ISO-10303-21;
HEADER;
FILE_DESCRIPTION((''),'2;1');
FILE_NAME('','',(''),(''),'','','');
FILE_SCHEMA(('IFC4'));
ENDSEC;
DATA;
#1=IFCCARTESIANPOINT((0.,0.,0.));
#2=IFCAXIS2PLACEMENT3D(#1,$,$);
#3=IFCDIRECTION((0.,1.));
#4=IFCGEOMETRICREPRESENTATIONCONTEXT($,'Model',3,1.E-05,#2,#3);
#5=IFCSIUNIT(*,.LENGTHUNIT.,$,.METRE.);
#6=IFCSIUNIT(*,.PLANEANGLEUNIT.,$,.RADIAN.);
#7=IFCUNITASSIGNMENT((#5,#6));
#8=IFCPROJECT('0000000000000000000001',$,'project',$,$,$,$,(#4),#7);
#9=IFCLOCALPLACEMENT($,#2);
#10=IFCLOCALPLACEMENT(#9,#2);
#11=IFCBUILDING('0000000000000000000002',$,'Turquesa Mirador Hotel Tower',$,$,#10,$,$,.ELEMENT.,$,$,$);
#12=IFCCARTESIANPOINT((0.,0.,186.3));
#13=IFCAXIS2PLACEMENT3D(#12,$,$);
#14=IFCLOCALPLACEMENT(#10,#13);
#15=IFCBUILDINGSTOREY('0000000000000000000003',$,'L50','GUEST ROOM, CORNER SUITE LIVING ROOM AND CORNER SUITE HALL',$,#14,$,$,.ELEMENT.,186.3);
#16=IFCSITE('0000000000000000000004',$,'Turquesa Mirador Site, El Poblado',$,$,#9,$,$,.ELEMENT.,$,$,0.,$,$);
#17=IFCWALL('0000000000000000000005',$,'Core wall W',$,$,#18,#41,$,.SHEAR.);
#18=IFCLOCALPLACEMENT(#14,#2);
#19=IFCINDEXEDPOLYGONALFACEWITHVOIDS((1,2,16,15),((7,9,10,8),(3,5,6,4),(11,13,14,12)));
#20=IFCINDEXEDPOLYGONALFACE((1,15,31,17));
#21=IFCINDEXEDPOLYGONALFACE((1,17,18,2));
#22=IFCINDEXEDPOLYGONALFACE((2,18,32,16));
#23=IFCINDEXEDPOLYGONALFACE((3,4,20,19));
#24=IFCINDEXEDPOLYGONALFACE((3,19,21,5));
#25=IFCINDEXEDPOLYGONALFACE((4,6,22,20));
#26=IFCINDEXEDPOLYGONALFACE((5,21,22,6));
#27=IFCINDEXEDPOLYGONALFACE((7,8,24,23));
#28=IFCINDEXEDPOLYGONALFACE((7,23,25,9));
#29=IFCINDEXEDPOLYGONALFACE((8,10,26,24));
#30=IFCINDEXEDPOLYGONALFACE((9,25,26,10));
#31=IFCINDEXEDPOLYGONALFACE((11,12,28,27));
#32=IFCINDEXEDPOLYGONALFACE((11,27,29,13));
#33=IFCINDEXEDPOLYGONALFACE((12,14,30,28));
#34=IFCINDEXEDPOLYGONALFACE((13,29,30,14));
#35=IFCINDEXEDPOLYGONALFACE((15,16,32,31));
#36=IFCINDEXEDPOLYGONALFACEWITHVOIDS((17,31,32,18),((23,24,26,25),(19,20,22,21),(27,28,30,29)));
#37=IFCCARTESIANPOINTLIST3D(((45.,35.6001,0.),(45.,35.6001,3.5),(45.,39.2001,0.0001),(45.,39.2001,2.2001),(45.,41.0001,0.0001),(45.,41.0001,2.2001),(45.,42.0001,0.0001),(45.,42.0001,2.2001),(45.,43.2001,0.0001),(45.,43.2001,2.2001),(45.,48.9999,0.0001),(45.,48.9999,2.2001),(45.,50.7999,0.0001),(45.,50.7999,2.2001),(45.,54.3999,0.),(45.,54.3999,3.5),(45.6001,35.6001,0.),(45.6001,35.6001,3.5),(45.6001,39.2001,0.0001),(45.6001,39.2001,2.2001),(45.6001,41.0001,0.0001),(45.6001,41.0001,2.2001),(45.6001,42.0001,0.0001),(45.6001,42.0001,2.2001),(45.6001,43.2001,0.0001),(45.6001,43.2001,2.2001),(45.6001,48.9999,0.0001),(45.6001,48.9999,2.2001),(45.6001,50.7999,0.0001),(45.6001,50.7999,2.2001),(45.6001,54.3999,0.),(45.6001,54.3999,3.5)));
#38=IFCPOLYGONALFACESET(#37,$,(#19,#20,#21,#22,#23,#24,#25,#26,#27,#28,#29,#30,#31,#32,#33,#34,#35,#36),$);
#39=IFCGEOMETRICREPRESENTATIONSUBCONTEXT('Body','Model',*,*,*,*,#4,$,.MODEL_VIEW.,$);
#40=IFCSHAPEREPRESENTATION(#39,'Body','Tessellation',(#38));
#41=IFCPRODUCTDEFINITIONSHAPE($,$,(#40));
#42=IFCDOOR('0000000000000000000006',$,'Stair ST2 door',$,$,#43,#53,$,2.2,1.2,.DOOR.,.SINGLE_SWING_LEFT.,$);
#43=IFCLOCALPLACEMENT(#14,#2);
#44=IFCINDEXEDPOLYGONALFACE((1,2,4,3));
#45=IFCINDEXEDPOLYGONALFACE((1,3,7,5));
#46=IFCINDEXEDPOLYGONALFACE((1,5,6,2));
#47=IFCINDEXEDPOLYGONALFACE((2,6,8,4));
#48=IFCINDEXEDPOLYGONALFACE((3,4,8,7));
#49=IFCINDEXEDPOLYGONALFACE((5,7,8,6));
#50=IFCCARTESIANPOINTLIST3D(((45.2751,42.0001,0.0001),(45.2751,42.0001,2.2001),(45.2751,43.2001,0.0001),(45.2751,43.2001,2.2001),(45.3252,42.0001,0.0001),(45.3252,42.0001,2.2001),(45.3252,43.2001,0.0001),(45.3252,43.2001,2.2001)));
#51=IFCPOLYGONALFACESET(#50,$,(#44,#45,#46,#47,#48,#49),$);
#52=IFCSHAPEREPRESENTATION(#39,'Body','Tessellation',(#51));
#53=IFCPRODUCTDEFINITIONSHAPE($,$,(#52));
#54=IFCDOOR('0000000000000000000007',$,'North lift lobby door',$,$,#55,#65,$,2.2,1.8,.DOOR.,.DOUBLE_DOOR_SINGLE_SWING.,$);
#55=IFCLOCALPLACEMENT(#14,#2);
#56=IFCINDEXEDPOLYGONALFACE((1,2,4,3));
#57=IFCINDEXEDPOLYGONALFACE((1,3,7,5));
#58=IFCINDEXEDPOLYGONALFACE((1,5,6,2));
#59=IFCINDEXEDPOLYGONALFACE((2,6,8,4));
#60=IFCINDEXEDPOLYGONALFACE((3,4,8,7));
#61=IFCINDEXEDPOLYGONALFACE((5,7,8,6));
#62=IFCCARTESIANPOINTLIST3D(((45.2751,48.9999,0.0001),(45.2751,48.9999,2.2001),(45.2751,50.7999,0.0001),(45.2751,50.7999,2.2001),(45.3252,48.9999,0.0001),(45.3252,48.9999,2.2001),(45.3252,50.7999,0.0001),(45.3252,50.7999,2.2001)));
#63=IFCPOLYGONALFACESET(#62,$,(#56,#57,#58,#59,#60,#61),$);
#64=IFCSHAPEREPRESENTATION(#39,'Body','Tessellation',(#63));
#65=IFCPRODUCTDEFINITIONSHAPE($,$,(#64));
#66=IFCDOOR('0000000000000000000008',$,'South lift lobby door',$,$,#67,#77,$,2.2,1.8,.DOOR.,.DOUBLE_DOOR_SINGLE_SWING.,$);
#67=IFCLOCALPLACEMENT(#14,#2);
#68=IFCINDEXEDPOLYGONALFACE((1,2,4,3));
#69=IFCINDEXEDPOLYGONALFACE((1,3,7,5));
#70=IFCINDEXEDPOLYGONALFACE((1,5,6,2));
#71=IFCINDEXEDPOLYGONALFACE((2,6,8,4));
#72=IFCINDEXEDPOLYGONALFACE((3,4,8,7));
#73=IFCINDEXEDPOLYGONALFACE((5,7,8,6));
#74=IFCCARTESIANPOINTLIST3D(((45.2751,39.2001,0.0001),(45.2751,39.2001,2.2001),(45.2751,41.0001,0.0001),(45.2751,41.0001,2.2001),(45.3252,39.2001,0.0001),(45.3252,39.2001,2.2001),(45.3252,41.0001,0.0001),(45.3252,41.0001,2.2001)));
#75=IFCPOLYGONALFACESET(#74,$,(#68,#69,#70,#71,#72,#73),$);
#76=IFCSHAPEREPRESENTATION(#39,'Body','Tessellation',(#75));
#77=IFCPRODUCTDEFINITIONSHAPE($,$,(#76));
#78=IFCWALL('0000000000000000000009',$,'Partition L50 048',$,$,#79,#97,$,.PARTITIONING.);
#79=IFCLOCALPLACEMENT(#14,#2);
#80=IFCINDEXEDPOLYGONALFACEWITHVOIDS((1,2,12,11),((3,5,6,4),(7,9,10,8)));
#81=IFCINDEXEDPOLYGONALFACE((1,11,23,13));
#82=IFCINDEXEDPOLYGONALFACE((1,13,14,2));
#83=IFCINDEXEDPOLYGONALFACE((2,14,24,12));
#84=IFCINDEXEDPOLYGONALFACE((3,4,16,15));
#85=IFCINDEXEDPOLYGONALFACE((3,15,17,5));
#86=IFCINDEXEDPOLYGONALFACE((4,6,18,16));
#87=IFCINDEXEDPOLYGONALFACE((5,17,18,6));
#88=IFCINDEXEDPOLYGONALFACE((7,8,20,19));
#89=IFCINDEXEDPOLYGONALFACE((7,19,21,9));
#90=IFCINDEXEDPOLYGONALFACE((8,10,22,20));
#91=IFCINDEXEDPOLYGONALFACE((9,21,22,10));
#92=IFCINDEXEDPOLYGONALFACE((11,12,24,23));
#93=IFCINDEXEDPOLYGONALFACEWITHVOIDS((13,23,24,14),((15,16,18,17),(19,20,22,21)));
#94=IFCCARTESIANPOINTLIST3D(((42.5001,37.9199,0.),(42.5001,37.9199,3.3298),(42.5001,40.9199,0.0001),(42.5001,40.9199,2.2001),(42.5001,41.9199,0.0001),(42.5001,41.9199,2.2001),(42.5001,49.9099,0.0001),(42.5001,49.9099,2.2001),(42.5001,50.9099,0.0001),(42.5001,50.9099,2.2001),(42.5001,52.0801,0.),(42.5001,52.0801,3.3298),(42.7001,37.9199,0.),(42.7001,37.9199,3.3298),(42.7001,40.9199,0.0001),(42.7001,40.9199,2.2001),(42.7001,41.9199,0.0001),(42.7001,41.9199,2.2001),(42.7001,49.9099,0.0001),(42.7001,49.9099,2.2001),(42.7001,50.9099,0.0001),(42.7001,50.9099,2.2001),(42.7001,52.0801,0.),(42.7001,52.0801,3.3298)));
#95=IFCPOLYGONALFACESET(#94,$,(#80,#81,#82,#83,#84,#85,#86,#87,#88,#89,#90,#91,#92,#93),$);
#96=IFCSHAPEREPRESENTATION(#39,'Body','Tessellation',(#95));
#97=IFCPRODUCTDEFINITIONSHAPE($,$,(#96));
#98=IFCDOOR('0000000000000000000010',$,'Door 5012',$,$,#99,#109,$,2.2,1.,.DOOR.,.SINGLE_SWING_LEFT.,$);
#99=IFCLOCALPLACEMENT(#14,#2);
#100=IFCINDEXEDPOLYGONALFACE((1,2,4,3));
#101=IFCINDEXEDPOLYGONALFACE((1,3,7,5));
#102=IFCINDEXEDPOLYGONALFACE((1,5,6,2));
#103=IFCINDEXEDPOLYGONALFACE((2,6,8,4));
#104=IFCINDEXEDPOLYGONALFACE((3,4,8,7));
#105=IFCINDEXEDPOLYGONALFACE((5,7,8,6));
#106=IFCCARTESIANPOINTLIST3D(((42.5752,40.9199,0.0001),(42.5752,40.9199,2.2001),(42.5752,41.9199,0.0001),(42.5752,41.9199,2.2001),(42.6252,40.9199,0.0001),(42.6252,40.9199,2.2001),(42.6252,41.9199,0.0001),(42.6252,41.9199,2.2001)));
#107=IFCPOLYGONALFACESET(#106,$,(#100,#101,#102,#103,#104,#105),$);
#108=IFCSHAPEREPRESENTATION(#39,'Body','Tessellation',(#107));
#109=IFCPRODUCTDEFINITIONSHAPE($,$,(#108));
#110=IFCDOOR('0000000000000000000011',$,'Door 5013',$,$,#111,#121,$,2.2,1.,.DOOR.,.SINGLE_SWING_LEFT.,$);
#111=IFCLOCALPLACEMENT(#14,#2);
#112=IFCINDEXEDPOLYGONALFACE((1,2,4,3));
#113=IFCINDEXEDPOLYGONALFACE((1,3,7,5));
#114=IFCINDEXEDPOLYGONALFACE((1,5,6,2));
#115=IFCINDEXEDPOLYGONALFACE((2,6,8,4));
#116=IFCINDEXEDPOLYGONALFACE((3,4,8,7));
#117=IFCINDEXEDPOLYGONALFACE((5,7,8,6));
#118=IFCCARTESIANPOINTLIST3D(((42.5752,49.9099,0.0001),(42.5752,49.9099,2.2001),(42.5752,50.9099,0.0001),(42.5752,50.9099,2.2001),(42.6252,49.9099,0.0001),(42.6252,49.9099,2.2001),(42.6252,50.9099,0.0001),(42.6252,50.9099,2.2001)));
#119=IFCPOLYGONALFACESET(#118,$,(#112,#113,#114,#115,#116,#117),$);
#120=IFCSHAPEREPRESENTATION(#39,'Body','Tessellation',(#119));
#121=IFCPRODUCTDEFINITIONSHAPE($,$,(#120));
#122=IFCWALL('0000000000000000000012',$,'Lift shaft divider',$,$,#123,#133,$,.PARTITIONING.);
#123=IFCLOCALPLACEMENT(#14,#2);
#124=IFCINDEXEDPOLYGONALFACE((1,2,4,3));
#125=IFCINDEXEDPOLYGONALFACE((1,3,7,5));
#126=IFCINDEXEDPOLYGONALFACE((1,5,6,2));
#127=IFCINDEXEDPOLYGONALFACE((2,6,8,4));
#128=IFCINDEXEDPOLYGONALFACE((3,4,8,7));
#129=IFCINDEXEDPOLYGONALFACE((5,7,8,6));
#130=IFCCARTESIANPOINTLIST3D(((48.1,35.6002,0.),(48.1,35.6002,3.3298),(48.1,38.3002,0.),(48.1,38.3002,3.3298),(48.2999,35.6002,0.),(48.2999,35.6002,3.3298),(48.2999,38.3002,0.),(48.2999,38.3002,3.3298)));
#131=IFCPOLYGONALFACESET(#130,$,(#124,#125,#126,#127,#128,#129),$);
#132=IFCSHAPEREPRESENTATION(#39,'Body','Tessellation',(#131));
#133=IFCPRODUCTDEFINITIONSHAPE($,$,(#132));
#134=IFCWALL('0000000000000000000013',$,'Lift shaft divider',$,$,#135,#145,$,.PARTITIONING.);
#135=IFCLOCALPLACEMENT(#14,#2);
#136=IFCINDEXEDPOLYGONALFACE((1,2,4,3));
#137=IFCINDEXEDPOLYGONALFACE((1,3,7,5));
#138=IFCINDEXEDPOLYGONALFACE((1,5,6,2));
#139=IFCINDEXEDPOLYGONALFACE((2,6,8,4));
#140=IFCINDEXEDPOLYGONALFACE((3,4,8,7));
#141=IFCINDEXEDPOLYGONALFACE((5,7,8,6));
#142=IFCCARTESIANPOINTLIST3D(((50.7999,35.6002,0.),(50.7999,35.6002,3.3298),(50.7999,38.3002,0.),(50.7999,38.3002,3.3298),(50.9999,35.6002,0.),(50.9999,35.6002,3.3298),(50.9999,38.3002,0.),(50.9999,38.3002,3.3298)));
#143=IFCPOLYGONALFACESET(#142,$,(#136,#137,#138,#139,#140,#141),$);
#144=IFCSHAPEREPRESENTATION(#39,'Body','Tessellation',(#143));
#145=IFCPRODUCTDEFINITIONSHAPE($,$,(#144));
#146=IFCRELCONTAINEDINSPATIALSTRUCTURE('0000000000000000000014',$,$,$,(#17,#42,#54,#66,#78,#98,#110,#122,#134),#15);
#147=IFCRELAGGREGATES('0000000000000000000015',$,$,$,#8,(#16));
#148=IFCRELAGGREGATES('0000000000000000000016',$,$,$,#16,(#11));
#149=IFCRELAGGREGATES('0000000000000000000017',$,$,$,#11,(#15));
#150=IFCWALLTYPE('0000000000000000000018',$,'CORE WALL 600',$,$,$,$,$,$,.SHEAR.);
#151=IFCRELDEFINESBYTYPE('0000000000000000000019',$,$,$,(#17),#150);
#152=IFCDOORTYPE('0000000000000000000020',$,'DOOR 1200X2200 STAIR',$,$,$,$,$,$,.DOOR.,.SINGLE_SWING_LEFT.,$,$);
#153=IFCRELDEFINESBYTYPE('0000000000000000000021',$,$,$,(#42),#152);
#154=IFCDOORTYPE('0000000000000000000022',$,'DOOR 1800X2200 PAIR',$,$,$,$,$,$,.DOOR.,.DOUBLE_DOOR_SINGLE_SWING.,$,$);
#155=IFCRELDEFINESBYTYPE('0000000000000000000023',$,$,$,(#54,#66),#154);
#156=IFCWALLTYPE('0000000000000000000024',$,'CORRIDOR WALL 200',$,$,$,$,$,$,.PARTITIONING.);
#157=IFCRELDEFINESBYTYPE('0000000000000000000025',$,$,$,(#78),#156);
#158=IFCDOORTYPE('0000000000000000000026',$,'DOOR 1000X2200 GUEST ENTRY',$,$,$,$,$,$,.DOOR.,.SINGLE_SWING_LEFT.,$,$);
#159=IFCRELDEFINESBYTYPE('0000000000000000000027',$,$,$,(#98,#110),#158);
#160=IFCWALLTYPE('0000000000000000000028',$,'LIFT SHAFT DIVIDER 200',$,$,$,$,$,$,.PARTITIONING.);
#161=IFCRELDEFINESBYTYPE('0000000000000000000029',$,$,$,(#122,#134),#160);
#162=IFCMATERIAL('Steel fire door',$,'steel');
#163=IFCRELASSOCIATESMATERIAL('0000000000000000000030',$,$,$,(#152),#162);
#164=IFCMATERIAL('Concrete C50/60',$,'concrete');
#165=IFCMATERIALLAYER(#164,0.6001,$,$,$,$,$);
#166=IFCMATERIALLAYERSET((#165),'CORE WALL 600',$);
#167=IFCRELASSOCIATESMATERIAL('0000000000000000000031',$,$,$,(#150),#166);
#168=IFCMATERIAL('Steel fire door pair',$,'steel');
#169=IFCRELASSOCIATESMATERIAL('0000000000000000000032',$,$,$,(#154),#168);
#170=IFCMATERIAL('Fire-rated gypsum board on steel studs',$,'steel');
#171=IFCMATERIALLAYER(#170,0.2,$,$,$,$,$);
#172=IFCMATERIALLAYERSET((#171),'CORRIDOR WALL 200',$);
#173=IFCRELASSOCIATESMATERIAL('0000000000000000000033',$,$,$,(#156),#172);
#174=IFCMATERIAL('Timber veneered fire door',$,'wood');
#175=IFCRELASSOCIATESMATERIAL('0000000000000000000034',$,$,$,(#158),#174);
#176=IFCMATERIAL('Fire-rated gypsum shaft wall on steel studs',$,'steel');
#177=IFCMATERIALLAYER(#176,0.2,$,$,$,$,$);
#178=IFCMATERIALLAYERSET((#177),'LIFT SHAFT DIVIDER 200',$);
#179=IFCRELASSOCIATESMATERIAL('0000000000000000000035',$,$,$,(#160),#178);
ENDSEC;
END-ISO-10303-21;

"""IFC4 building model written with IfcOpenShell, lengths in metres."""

from ifc_helpers import new_model, si_unit, direction, frame, frame_2d, origin, place, context, subcontext, project, spatial, rectangle, extrude, material, layer, layer_set, type_object, element, fill, save


model = new_model("IFC4")

# Units and contexts
model_context = context("Model", 3, precision=1e-05, world=origin(), true_north=direction((0.0, 1.0)))
body_context = subcontext(model_context, "Body", "Model", "MODEL_VIEW")
ifc_project = project(units=[si_unit("LENGTHUNIT", "METRE"), si_unit("PLANEANGLEUNIT", "RADIAN")], contexts=[model_context])

# Site, building, storey
site_placement = place(None, origin())
site = spatial("IfcSite", under=ifc_project, at=site_placement, Name="Turquesa Mirador Site, El Poblado", CompositionType="ELEMENT", RefElevation=0.0)
building_placement = place(site_placement, origin())
building = spatial("IfcBuilding", under=site, at=building_placement, Name="Turquesa Mirador Hotel Tower", CompositionType="ELEMENT")
storey_placement = place(building_placement, frame((0.0, 0.0, 186.3)))
storey = spatial("IfcBuildingStorey", under=building, at=storey_placement, Name="L50", Description="GUEST ROOM, CORNER SUITE LIVING ROOM AND CORNER SUITE HALL", CompositionType="ELEMENT", Elevation=186.3)

# Shared definitions
ifc_material_1 = material(Name="Steel fire door", Category="steel")
door_type_1 = type_object("IfcDoorType", Name="DOOR 1200X2200 STAIR", OperationType="SINGLE_SWING_LEFT", PredefinedType="DOOR", material=ifc_material_1)

# Walls, openings, doors
ifc_material_2 = material(Name="Concrete C50/60", Category="concrete")
ifc_layer_1 = layer(ifc_material_2, 0.6001)
ifc_layer_set_1 = layer_set([ifc_layer_1], Name="CORE WALL 600")
wall_type_1 = type_object("IfcWallType", Name="CORE WALL 600", PredefinedType="SHEAR", material=ifc_layer_set_1)
wall_1_placement = place(storey_placement, frame((45.3, 35.6001, 0.0), z_axis=(0.0, 0.0, 1.0), x_axis=(0.0, 1.0, 0.0)))
wall_1 = element("IfcWall", 1, at=wall_1_placement, inside=storey, type_object=wall_type_1, Name="Core wall W", PredefinedType="SHEAR", context=body_context, shape_type="SweptSolid", body=[
    extrude(rectangle(XDim=18.7998, YDim=0.6001, at=frame_2d((9.3999, 0.0))), origin(), (0.0, 0.0, 1.0), 3.5),
])
opening_1_placement = place(wall_1_placement, frame((13.3999, 0.0, 0.0)))
opening_1 = element("IfcOpeningElement", 2, at=opening_1_placement, cuts=wall_1, PredefinedType="OPENING", context=body_context, shape_type="SweptSolid", body=[
    extrude(rectangle(XDim=1.8, YDim=2.2, at=frame_2d((0.8999, 1.1001))), frame((0.0, 0.3101, 0.0), z_axis=(0.0, -1.0, 0.0), x_axis=(1.0, 0.0, 0.0)), (0.0, 0.0, 1.0), 0.6201),
])
opening_2_placement = place(wall_1_placement, frame((3.6001, 0.0, 0.0)))
opening_2 = element("IfcOpeningElement", 3, at=opening_2_placement, cuts=wall_1, PredefinedType="OPENING", context=body_context, shape_type="SweptSolid", body=[
    extrude(rectangle(XDim=1.8, YDim=2.2, at=frame_2d((0.8999, 1.1001))), frame((0.0, 0.3101, 0.0), z_axis=(0.0, -1.0, 0.0), x_axis=(1.0, 0.0, 0.0)), (0.0, 0.0, 1.0), 0.6201),
])
opening_3_placement = place(wall_1_placement, frame((6.3999, 0.0, 0.0)))
opening_3 = element("IfcOpeningElement", 4, at=opening_3_placement, cuts=wall_1, PredefinedType="OPENING", context=body_context, shape_type="SweptSolid", body=[
    extrude(rectangle(XDim=1.2, YDim=2.2, at=frame_2d((0.6001, 1.1001))), frame((0.0, 0.3101, 0.0), z_axis=(0.0, -1.0, 0.0), x_axis=(1.0, 0.0, 0.0)), (0.0, 0.0, 1.0), 0.6201),
])
door_1_placement = place(opening_3_placement, origin())
door_1 = element("IfcDoor", 5, at=door_1_placement, inside=storey, type_object=door_type_1, Name="Stair ST2 door", OperationType="SINGLE_SWING_LEFT", OverallHeight=2.2, OverallWidth=1.2, PredefinedType="DOOR", context=body_context, shape_type="SweptSolid", body=[
    extrude(rectangle(XDim=1.2, YDim=2.2, at=frame_2d((0.6001, 1.1001))), frame((0.0, 0.0249, 0.0), z_axis=(0.0, -1.0, 0.0), x_axis=(1.0, 0.0, 0.0)), (0.0, 0.0, 1.0), 0.05),
])
fill(opening_3, door_1)
ifc_material_3 = material(Name="Steel fire door pair", Category="steel")
door_type_2 = type_object("IfcDoorType", Name="DOOR 1800X2200 PAIR", OperationType="DOUBLE_DOOR_SINGLE_SWING", PredefinedType="DOOR", material=ifc_material_3)
door_2_placement = place(opening_1_placement, origin())
door_2 = element("IfcDoor", 6, at=door_2_placement, inside=storey, type_object=door_type_2, Name="North lift lobby door", OperationType="DOUBLE_DOOR_SINGLE_SWING", OverallHeight=2.2, OverallWidth=1.8, PredefinedType="DOOR", context=body_context, shape_type="SweptSolid", body=[
    extrude(rectangle(XDim=1.8, YDim=2.2, at=frame_2d((0.8999, 1.1001))), frame((0.0, 0.0249, 0.0), z_axis=(0.0, -1.0, 0.0), x_axis=(1.0, 0.0, 0.0)), (0.0, 0.0, 1.0), 0.05),
])
fill(opening_1, door_2)
door_3_placement = place(opening_2_placement, origin())
door_3 = element("IfcDoor", 7, at=door_3_placement, inside=storey, type_object=door_type_2, Name="South lift lobby door", OperationType="DOUBLE_DOOR_SINGLE_SWING", OverallHeight=2.2, OverallWidth=1.8, PredefinedType="DOOR", context=body_context, shape_type="SweptSolid", body=[
    extrude(rectangle(XDim=1.8, YDim=2.2, at=frame_2d((0.8999, 1.1001))), frame((0.0, 0.0249, 0.0), z_axis=(0.0, -1.0, 0.0), x_axis=(1.0, 0.0, 0.0)), (0.0, 0.0, 1.0), 0.05),
])
fill(opening_2, door_3)
ifc_material_4 = material(Name="Fire-rated gypsum board on steel studs", Category="steel")
ifc_layer_2 = layer(ifc_material_4, 0.2)
ifc_layer_set_2 = layer_set([ifc_layer_2], Name="CORRIDOR WALL 200")
wall_type_2 = type_object("IfcWallType", Name="CORRIDOR WALL 200", PredefinedType="PARTITIONING", material=ifc_layer_set_2)
wall_2_placement = place(storey_placement, frame((42.6001, 37.9199, 0.0), z_axis=(0.0, 0.0, 1.0), x_axis=(0.0, 1.0, 0.0)))
wall_2 = element("IfcWall", 8, at=wall_2_placement, inside=storey, type_object=wall_type_2, Name="Partition L50 048", PredefinedType="PARTITIONING", context=body_context, shape_type="SweptSolid", body=[
    extrude(rectangle(XDim=14.1602, YDim=0.2, at=frame_2d((7.0801, 0.0))), origin(), (0.0, 0.0, 1.0), 3.3298),
])
opening_4_placement = place(wall_2_placement, frame((3.0, 0.0, 0.0)))
opening_4 = element("IfcOpeningElement", 9, at=opening_4_placement, cuts=wall_2, PredefinedType="OPENING", context=body_context, shape_type="SweptSolid", body=[
    extrude(rectangle(XDim=1.0, YDim=2.2, at=frame_2d((0.5, 1.1001))), frame((0.0, 0.1099, 0.0), z_axis=(0.0, -1.0, 0.0), x_axis=(1.0, 0.0, 0.0)), (0.0, 0.0, 1.0), 0.22),
])
opening_5_placement = place(wall_2_placement, frame((11.99, 0.0, 0.0)))
opening_5 = element("IfcOpeningElement", 10, at=opening_5_placement, cuts=wall_2, PredefinedType="OPENING", context=body_context, shape_type="SweptSolid", body=[
    extrude(rectangle(XDim=1.0, YDim=2.2, at=frame_2d((0.5, 1.1001))), frame((0.0, 0.1099, 0.0), z_axis=(0.0, -1.0, 0.0), x_axis=(1.0, 0.0, 0.0)), (0.0, 0.0, 1.0), 0.22),
])
ifc_material_5 = material(Name="Timber veneered fire door", Category="wood")
door_type_3 = type_object("IfcDoorType", Name="DOOR 1000X2200 GUEST ENTRY", OperationType="SINGLE_SWING_LEFT", PredefinedType="DOOR", material=ifc_material_5)
door_4_placement = place(opening_4_placement, origin())
door_4 = element("IfcDoor", 11, at=door_4_placement, inside=storey, type_object=door_type_3, Name="Door 5012", OperationType="SINGLE_SWING_LEFT", OverallHeight=2.2, OverallWidth=1.0, PredefinedType="DOOR", context=body_context, shape_type="SweptSolid", body=[
    extrude(rectangle(XDim=1.0, YDim=2.2, at=frame_2d((0.5, 1.1001))), frame((0.0, 0.0249, 0.0), z_axis=(0.0, -1.0, 0.0), x_axis=(1.0, 0.0, 0.0)), (0.0, 0.0, 1.0), 0.05),
])
fill(opening_4, door_4)
door_5_placement = place(opening_5_placement, origin())
door_5 = element("IfcDoor", 12, at=door_5_placement, inside=storey, type_object=door_type_3, Name="Door 5013", OperationType="SINGLE_SWING_LEFT", OverallHeight=2.2, OverallWidth=1.0, PredefinedType="DOOR", context=body_context, shape_type="SweptSolid", body=[
    extrude(rectangle(XDim=1.0, YDim=2.2, at=frame_2d((0.5, 1.1001))), frame((0.0, 0.0249, 0.0), z_axis=(0.0, -1.0, 0.0), x_axis=(1.0, 0.0, 0.0)), (0.0, 0.0, 1.0), 0.05),
])
fill(opening_5, door_5)

# Walls
ifc_material_6 = material(Name="Fire-rated gypsum shaft wall on steel studs", Category="steel")
ifc_layer_3 = layer(ifc_material_6, 0.2)
ifc_layer_set_3 = layer_set([ifc_layer_3], Name="LIFT SHAFT DIVIDER 200")
wall_type_3 = type_object("IfcWallType", Name="LIFT SHAFT DIVIDER 200", PredefinedType="PARTITIONING", material=ifc_layer_set_3)
for number, where, z_axis, x_axis, name in (
    (13, (48.2, 35.6001, 0.0), (0.0, 0.0, 1.0), (0.0, 1.0, 0.0), "Lift shaft divider"),
    (14, (50.8999, 35.6001, 0.0), (0.0, 0.0, 1.0), (0.0, 1.0, 0.0), "Lift shaft divider"),
):
    element("IfcWall", number, at=place(storey_placement, frame(where, z_axis=z_axis, x_axis=x_axis)), inside=storey, type_object=wall_type_3, Name=name, PredefinedType="PARTITIONING", context=body_context, shape_type="SweptSolid", body=[
        extrude(rectangle(XDim=2.7, YDim=0.2, at=frame_2d((1.3501, 0.0))), origin(), (0.0, 0.0, 1.0), 3.3298),
    ])

save(model, "model.ifc")
